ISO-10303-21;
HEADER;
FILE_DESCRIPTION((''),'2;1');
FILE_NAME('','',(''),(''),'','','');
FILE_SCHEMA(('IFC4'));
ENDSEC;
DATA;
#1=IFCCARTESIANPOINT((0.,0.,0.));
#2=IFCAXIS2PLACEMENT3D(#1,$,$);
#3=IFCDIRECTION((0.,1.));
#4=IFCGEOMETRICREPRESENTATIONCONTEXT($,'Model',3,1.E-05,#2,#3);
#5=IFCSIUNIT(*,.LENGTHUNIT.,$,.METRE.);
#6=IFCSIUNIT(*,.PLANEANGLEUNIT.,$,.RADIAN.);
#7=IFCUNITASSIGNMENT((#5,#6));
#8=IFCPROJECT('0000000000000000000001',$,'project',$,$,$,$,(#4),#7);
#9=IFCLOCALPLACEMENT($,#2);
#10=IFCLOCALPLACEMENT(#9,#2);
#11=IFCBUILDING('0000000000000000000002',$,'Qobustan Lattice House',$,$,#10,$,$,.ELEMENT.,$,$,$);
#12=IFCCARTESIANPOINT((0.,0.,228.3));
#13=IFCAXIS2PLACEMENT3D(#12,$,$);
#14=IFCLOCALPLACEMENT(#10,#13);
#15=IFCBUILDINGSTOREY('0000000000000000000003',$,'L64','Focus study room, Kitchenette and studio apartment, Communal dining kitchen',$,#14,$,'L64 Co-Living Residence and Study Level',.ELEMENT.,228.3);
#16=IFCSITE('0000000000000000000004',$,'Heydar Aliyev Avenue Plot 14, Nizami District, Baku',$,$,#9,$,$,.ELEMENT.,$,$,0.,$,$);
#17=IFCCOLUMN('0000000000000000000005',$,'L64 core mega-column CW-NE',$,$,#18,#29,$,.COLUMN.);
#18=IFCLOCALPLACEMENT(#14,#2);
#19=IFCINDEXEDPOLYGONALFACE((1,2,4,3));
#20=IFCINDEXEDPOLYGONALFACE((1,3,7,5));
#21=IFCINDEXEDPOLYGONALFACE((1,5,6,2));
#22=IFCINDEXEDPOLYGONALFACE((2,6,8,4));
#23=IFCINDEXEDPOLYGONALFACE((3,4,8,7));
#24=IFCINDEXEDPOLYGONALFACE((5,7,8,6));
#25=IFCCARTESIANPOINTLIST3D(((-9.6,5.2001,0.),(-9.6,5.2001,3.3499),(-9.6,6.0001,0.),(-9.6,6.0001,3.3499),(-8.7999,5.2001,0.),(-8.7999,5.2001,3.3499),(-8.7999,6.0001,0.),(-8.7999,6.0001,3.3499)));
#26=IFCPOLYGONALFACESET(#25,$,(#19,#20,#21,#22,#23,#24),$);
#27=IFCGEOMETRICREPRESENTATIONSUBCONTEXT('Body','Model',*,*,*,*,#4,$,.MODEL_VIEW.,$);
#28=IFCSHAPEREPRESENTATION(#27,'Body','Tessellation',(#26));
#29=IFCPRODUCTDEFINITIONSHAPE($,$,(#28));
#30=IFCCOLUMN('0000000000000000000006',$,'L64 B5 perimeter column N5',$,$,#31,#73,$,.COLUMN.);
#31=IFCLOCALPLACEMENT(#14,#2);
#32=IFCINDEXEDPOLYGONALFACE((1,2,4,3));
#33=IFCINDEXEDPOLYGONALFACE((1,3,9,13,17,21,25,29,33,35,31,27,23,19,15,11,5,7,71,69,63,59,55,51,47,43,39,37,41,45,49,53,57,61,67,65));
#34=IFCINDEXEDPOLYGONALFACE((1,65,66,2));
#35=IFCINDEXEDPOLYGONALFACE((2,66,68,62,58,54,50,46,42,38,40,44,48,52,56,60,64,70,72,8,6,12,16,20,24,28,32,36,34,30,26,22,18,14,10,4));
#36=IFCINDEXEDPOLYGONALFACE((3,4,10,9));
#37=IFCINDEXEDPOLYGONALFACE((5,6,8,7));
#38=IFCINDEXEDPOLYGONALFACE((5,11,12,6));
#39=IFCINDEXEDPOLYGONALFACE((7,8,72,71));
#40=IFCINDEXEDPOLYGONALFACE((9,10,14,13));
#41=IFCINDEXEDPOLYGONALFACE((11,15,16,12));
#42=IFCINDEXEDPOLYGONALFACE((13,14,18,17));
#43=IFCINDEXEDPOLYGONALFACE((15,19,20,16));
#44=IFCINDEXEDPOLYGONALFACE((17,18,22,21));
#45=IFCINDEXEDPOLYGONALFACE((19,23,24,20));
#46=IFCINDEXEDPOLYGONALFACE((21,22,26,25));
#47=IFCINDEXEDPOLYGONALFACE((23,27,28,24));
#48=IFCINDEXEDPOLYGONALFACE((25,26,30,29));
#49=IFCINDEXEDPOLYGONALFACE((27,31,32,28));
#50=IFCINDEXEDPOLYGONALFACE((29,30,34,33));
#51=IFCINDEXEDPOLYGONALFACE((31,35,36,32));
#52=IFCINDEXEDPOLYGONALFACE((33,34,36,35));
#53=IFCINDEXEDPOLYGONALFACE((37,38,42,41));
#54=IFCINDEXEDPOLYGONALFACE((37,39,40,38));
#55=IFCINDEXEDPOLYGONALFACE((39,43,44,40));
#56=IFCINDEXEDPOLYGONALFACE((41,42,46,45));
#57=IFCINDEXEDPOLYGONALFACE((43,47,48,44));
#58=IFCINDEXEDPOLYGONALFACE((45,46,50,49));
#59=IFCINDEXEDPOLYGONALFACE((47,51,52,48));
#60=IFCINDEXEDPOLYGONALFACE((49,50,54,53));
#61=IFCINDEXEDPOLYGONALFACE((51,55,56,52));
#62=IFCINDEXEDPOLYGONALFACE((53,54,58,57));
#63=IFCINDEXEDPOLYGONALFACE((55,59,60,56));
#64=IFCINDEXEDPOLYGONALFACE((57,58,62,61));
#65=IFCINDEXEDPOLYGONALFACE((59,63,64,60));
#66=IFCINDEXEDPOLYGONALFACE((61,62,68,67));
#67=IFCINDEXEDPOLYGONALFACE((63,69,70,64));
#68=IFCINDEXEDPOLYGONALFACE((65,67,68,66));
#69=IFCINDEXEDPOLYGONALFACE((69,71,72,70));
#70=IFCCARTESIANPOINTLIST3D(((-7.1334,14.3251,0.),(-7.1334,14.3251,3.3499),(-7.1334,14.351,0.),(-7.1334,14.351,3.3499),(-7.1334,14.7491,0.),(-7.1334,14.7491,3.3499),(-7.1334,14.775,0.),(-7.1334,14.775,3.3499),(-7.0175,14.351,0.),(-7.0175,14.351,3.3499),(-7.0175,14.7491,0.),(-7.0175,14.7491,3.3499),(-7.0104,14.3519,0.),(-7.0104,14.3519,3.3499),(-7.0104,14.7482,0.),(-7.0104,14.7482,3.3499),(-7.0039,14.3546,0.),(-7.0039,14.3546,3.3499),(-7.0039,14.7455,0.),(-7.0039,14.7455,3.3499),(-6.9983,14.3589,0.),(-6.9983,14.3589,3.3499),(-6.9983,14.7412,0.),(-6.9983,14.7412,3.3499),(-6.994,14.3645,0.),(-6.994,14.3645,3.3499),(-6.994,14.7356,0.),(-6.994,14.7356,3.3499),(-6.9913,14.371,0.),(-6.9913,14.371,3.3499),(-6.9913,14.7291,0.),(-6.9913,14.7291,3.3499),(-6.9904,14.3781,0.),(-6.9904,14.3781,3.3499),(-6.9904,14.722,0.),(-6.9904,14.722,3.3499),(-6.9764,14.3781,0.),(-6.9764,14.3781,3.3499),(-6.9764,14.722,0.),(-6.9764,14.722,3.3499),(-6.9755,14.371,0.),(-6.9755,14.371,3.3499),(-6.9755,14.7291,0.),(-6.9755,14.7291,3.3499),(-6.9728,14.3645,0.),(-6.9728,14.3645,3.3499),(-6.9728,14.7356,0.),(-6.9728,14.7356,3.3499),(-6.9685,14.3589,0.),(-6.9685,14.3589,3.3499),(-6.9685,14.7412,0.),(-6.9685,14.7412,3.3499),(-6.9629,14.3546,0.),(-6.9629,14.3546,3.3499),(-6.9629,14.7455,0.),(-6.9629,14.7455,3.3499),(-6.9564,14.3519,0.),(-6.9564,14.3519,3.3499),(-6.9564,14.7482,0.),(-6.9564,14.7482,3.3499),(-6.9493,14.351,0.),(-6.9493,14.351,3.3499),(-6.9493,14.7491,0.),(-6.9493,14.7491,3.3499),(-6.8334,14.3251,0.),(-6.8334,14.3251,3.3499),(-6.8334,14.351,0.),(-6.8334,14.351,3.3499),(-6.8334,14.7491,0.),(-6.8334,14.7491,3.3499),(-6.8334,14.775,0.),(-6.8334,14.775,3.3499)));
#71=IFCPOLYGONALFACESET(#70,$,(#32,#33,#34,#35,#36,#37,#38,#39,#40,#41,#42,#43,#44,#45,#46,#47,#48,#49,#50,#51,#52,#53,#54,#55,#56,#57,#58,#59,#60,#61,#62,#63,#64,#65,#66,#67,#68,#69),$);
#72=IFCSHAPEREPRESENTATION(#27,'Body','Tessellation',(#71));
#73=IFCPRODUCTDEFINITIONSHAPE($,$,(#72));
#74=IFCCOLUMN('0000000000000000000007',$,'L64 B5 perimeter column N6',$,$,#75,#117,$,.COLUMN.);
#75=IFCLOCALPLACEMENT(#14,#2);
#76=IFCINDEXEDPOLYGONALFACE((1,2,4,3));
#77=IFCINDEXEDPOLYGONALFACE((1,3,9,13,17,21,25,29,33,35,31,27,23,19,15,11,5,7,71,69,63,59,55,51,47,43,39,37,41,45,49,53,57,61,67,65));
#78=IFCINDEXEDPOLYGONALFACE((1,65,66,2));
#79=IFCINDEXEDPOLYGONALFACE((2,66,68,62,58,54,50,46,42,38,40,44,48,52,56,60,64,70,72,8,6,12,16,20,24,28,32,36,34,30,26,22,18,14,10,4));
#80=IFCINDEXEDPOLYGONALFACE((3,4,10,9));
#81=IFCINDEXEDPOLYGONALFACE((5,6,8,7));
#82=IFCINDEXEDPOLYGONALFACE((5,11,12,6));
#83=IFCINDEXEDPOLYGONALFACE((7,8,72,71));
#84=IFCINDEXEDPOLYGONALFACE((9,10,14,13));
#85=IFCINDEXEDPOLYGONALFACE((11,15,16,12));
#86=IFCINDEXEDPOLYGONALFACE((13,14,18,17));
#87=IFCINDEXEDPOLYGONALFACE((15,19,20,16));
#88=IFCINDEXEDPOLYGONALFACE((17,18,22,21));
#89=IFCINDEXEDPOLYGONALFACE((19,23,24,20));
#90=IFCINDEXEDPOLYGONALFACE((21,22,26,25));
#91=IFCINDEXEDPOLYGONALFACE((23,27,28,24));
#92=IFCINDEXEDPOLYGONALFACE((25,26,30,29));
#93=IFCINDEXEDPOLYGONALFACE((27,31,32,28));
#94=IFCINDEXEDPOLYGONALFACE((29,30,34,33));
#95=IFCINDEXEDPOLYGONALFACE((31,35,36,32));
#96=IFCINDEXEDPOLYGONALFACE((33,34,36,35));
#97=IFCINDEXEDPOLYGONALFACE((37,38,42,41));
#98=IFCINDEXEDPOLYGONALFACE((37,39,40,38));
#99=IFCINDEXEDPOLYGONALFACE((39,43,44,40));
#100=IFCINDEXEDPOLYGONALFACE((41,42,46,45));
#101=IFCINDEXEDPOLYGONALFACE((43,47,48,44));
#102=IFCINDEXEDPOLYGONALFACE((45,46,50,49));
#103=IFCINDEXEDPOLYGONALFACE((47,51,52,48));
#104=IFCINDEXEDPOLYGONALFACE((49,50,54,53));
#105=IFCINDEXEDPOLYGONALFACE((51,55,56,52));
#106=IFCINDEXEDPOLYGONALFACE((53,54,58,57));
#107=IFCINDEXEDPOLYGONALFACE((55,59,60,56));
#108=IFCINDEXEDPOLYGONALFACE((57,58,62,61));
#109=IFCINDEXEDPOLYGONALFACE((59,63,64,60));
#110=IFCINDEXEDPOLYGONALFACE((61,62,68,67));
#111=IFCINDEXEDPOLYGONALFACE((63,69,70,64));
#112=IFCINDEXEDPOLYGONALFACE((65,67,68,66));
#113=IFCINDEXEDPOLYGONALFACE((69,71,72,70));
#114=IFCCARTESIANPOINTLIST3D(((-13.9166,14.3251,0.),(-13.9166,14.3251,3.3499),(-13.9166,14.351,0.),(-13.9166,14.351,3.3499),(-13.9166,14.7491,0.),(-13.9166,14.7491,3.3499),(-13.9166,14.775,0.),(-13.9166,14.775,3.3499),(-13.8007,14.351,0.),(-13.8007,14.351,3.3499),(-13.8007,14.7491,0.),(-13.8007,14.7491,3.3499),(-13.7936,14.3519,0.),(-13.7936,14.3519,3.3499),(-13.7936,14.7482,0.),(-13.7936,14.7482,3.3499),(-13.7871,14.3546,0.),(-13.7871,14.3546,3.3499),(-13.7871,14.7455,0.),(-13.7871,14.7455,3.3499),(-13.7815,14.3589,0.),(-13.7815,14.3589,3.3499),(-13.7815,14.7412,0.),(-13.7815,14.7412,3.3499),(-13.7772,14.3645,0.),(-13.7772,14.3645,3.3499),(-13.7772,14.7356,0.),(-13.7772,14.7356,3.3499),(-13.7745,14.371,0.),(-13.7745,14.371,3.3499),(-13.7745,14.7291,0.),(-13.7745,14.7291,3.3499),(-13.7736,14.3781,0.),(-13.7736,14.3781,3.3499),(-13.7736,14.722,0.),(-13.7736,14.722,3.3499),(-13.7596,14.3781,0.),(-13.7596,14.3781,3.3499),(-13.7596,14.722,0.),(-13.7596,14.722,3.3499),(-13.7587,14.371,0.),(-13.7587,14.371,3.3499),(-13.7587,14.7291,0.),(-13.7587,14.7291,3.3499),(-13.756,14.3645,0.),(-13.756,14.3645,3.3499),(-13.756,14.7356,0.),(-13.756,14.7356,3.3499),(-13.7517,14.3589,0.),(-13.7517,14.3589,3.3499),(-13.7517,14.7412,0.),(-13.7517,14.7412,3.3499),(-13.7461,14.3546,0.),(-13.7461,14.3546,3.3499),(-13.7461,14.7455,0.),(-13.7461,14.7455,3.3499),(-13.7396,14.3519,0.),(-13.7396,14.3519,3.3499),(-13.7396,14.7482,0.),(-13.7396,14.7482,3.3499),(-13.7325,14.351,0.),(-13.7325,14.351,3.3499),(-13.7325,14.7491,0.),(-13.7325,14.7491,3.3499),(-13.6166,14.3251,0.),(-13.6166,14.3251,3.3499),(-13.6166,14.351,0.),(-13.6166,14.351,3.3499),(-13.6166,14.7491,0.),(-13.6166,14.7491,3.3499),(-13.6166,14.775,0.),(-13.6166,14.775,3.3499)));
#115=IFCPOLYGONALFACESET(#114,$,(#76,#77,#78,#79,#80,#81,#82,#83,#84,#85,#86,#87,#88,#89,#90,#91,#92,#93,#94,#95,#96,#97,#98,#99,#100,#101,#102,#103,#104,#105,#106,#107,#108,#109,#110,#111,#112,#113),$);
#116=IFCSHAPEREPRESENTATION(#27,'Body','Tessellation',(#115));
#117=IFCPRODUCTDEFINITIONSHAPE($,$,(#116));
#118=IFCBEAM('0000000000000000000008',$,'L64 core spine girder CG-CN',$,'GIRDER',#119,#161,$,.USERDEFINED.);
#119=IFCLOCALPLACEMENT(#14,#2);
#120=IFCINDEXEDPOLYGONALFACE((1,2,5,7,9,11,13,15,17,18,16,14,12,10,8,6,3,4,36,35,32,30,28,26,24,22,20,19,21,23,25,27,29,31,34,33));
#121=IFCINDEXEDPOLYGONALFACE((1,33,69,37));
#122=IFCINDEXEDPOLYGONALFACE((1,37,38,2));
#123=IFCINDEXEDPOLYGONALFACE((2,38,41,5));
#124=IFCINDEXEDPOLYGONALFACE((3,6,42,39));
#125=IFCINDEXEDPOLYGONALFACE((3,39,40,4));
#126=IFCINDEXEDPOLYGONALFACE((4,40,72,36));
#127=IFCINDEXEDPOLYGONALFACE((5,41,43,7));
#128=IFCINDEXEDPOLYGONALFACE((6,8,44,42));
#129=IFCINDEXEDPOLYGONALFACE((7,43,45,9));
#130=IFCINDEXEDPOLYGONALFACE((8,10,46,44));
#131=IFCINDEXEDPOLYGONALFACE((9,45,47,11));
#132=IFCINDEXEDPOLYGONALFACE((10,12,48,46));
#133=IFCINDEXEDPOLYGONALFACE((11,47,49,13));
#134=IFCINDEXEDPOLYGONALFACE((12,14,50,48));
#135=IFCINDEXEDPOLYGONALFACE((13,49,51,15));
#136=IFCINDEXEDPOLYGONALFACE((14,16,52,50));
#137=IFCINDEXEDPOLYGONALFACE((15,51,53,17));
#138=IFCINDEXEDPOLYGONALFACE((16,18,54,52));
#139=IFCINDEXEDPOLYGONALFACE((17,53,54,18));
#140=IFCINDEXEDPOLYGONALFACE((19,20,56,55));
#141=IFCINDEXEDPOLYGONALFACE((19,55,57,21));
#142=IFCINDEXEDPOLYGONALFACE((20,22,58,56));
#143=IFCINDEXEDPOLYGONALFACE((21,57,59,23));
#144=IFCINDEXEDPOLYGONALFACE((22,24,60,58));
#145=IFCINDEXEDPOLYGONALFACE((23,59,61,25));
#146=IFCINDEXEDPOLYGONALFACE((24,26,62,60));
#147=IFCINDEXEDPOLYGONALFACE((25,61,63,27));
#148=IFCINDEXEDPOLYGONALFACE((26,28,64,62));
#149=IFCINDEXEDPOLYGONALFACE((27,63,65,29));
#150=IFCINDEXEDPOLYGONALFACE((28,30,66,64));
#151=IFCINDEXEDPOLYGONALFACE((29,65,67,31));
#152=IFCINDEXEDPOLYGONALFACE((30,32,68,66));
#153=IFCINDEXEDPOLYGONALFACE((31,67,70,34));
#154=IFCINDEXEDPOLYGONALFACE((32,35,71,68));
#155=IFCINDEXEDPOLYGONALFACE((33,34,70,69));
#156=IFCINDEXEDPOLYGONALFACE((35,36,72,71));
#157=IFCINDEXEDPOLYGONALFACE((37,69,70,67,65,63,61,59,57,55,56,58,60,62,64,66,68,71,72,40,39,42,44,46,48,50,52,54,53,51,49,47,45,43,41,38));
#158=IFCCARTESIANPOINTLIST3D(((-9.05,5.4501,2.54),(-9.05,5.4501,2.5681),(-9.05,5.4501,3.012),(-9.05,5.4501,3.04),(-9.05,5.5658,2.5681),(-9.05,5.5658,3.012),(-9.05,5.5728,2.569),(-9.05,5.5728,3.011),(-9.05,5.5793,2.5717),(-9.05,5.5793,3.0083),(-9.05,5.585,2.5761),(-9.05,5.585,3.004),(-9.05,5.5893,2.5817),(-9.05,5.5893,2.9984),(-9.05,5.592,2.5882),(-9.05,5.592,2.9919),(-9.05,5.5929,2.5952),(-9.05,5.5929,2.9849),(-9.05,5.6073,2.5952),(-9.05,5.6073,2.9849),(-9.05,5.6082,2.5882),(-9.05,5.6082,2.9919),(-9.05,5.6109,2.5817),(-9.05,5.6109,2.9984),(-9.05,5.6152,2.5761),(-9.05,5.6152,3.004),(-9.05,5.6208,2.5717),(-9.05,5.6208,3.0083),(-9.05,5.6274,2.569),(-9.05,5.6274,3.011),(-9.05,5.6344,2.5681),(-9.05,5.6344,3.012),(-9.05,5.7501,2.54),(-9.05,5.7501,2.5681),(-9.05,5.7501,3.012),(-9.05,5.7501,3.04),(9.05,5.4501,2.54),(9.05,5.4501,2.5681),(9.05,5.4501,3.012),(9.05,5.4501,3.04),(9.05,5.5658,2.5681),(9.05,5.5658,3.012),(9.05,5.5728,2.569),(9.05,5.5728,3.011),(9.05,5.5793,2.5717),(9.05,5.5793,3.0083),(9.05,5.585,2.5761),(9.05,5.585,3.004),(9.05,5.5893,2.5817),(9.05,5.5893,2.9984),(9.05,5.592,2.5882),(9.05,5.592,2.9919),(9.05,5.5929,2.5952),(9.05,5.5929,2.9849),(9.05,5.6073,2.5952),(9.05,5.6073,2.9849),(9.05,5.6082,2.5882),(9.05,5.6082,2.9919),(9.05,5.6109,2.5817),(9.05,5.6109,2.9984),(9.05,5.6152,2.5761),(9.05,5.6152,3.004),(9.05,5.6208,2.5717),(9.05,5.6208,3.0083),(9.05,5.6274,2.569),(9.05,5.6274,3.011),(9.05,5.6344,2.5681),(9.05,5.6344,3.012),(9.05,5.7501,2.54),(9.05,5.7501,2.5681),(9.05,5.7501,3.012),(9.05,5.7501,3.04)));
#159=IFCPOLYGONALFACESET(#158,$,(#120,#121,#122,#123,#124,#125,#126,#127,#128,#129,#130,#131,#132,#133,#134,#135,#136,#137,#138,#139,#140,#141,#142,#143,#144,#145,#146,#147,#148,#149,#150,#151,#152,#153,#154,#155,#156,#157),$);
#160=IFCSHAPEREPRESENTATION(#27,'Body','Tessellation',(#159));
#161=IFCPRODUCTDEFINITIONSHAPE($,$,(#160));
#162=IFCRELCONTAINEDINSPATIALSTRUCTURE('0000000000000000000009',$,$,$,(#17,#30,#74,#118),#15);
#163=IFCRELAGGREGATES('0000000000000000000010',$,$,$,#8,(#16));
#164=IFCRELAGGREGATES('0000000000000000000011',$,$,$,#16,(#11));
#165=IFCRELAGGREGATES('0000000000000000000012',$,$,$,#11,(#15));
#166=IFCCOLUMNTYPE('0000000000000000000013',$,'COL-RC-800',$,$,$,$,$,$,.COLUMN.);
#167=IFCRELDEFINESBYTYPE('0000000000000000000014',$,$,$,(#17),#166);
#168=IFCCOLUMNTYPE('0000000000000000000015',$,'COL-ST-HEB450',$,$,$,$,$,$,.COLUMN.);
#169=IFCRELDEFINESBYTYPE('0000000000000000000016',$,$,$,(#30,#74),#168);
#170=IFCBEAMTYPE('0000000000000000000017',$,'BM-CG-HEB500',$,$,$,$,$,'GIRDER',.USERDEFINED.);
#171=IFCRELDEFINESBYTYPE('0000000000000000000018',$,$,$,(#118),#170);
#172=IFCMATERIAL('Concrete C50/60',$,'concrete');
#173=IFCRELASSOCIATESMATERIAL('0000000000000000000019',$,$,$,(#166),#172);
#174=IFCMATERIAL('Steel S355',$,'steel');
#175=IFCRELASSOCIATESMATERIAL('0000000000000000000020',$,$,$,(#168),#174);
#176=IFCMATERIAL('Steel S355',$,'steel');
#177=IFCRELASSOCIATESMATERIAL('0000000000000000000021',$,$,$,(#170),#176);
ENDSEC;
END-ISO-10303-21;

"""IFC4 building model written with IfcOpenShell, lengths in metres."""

from ifc_helpers import new_model, si_unit, direction, frame, origin, origin_2d, place, context, subcontext, project, spatial, rectangle, i_section, extrude, material, material_profile, profile_set, type_object, element, save


model = new_model("IFC4")

# Units and contexts
model_context = context("Model", 3, precision=1e-05, world=origin(), true_north=direction((0.0, 1.0)))
body_context = subcontext(model_context, "Body", "Model", "MODEL_VIEW")
ifc_project = project(units=[si_unit("LENGTHUNIT", "METRE"), si_unit("PLANEANGLEUNIT", "RADIAN")], contexts=[model_context])

# Site, building, storey
site_placement = place(None, origin())
site = spatial("IfcSite", under=ifc_project, at=site_placement, Name="Heydar Aliyev Avenue Plot 14, Nizami District, Baku", CompositionType="ELEMENT", RefElevation=0.0)
building_placement = place(site_placement, origin())
building = spatial("IfcBuilding", under=site, at=building_placement, Name="Qobustan Lattice House", CompositionType="ELEMENT")
storey_placement = place(building_placement, frame((0.0, 0.0, 228.3)))
storey = spatial("IfcBuildingStorey", under=building, at=storey_placement, Name="L64", Description="Focus study room, Kitchenette and studio apartment, Communal dining kitchen", LongName="L64 Co-Living Residence and Study Level", CompositionType="ELEMENT", Elevation=228.3)

# Columns
ifc_material_1 = material(Name="Concrete C50/60", Category="concrete")
ifc_material_profile_1 = material_profile(ifc_material_1, rectangle(XDim=0.8, YDim=0.8, at=origin_2d()), Name="RC800x800")
ifc_profile_set_1 = profile_set([ifc_material_profile_1], Name="Concrete C50/60")
column_type_1 = type_object("IfcColumnType", Name="COL-RC-800", PredefinedType="COLUMN", material=ifc_profile_set_1)
column_placement = place(storey_placement, frame((-9.2, 5.6001, 0.0), z_axis=(0.0, 0.0, 1.0), x_axis=(1.0, 0.0, 0.0)))
element("IfcColumn", 1, at=column_placement, inside=storey, type_object=column_type_1, Name="L64 core mega-column CW-NE", PredefinedType="COLUMN", context=body_context, shape_type="SweptSolid", body=[
    extrude(rectangle(XDim=0.8, YDim=0.8, at=origin_2d()), origin(), (0.0, 0.0, 1.0), 3.3499),
])
ifc_material_2 = material(Name="Steel S355", Category="steel")
ifc_material_profile_2 = material_profile(ifc_material_2, i_section(OverallWidth=0.3, OverallDepth=0.45, WebThickness=0.0139, FlangeThickness=0.0259, FilletRadius=0.0271, at=origin_2d()), Name="HEB450")
ifc_profile_set_2 = profile_set([ifc_material_profile_2], Name="Steel S355")
column_type_2 = type_object("IfcColumnType", Name="COL-ST-HEB450", PredefinedType="COLUMN", material=ifc_profile_set_2)
for number, where, z_axis, x_axis, name in (
    (2, (-6.9834, 14.55, 0.0), (0.0, 0.0, 1.0), (1.0, 0.0, 0.0), "L64 B5 perimeter column N5"),
    (3, (-13.7666, 14.55, 0.0), (0.0, 0.0, 1.0), (1.0, 0.0, 0.0), "L64 B5 perimeter column N6"),
):
    element("IfcColumn", number, at=place(storey_placement, frame(where, z_axis=z_axis, x_axis=x_axis)), inside=storey, type_object=column_type_2, Name=name, PredefinedType="COLUMN", context=body_context, shape_type="SweptSolid", body=[
        extrude(i_section(OverallWidth=0.3, OverallDepth=0.45, WebThickness=0.0139, FlangeThickness=0.0259, FilletRadius=0.0271, at=origin_2d()), origin(), (0.0, 0.0, 1.0), 3.3499),
    ])

# Beam
ifc_material_3 = material(Name="Steel S355", Category="steel")
ifc_material_profile_3 = material_profile(ifc_material_3, i_section(OverallWidth=0.3, OverallDepth=0.5, WebThickness=0.0144, FlangeThickness=0.0281, FilletRadius=0.0271, at=origin_2d()), Name="HEB500")
ifc_profile_set_3 = profile_set([ifc_material_profile_3], Name="Steel S355")
beam_type_1 = type_object("IfcBeamType", Name="BM-CG-HEB500", ElementType="GIRDER", PredefinedType="USERDEFINED", material=ifc_profile_set_3)
beam_1_placement = place(storey_placement, frame((-9.05, 5.6001, 2.79), z_axis=(1.0, 0.0, 0.0), x_axis=(0.0, 1.0, 0.0)))
element("IfcBeam", 4, at=beam_1_placement, inside=storey, type_object=beam_type_1, Name="L64 core spine girder CG-CN", ObjectType="GIRDER", PredefinedType="USERDEFINED", context=body_context, shape_type="SweptSolid", body=[
    extrude(i_section(OverallWidth=0.3, OverallDepth=0.5, WebThickness=0.0144, FlangeThickness=0.0281, FilletRadius=0.0271, at=origin_2d()), origin(), (0.0, 0.0, 1.0), 18.1001),
])

save(model, "model.ifc")
